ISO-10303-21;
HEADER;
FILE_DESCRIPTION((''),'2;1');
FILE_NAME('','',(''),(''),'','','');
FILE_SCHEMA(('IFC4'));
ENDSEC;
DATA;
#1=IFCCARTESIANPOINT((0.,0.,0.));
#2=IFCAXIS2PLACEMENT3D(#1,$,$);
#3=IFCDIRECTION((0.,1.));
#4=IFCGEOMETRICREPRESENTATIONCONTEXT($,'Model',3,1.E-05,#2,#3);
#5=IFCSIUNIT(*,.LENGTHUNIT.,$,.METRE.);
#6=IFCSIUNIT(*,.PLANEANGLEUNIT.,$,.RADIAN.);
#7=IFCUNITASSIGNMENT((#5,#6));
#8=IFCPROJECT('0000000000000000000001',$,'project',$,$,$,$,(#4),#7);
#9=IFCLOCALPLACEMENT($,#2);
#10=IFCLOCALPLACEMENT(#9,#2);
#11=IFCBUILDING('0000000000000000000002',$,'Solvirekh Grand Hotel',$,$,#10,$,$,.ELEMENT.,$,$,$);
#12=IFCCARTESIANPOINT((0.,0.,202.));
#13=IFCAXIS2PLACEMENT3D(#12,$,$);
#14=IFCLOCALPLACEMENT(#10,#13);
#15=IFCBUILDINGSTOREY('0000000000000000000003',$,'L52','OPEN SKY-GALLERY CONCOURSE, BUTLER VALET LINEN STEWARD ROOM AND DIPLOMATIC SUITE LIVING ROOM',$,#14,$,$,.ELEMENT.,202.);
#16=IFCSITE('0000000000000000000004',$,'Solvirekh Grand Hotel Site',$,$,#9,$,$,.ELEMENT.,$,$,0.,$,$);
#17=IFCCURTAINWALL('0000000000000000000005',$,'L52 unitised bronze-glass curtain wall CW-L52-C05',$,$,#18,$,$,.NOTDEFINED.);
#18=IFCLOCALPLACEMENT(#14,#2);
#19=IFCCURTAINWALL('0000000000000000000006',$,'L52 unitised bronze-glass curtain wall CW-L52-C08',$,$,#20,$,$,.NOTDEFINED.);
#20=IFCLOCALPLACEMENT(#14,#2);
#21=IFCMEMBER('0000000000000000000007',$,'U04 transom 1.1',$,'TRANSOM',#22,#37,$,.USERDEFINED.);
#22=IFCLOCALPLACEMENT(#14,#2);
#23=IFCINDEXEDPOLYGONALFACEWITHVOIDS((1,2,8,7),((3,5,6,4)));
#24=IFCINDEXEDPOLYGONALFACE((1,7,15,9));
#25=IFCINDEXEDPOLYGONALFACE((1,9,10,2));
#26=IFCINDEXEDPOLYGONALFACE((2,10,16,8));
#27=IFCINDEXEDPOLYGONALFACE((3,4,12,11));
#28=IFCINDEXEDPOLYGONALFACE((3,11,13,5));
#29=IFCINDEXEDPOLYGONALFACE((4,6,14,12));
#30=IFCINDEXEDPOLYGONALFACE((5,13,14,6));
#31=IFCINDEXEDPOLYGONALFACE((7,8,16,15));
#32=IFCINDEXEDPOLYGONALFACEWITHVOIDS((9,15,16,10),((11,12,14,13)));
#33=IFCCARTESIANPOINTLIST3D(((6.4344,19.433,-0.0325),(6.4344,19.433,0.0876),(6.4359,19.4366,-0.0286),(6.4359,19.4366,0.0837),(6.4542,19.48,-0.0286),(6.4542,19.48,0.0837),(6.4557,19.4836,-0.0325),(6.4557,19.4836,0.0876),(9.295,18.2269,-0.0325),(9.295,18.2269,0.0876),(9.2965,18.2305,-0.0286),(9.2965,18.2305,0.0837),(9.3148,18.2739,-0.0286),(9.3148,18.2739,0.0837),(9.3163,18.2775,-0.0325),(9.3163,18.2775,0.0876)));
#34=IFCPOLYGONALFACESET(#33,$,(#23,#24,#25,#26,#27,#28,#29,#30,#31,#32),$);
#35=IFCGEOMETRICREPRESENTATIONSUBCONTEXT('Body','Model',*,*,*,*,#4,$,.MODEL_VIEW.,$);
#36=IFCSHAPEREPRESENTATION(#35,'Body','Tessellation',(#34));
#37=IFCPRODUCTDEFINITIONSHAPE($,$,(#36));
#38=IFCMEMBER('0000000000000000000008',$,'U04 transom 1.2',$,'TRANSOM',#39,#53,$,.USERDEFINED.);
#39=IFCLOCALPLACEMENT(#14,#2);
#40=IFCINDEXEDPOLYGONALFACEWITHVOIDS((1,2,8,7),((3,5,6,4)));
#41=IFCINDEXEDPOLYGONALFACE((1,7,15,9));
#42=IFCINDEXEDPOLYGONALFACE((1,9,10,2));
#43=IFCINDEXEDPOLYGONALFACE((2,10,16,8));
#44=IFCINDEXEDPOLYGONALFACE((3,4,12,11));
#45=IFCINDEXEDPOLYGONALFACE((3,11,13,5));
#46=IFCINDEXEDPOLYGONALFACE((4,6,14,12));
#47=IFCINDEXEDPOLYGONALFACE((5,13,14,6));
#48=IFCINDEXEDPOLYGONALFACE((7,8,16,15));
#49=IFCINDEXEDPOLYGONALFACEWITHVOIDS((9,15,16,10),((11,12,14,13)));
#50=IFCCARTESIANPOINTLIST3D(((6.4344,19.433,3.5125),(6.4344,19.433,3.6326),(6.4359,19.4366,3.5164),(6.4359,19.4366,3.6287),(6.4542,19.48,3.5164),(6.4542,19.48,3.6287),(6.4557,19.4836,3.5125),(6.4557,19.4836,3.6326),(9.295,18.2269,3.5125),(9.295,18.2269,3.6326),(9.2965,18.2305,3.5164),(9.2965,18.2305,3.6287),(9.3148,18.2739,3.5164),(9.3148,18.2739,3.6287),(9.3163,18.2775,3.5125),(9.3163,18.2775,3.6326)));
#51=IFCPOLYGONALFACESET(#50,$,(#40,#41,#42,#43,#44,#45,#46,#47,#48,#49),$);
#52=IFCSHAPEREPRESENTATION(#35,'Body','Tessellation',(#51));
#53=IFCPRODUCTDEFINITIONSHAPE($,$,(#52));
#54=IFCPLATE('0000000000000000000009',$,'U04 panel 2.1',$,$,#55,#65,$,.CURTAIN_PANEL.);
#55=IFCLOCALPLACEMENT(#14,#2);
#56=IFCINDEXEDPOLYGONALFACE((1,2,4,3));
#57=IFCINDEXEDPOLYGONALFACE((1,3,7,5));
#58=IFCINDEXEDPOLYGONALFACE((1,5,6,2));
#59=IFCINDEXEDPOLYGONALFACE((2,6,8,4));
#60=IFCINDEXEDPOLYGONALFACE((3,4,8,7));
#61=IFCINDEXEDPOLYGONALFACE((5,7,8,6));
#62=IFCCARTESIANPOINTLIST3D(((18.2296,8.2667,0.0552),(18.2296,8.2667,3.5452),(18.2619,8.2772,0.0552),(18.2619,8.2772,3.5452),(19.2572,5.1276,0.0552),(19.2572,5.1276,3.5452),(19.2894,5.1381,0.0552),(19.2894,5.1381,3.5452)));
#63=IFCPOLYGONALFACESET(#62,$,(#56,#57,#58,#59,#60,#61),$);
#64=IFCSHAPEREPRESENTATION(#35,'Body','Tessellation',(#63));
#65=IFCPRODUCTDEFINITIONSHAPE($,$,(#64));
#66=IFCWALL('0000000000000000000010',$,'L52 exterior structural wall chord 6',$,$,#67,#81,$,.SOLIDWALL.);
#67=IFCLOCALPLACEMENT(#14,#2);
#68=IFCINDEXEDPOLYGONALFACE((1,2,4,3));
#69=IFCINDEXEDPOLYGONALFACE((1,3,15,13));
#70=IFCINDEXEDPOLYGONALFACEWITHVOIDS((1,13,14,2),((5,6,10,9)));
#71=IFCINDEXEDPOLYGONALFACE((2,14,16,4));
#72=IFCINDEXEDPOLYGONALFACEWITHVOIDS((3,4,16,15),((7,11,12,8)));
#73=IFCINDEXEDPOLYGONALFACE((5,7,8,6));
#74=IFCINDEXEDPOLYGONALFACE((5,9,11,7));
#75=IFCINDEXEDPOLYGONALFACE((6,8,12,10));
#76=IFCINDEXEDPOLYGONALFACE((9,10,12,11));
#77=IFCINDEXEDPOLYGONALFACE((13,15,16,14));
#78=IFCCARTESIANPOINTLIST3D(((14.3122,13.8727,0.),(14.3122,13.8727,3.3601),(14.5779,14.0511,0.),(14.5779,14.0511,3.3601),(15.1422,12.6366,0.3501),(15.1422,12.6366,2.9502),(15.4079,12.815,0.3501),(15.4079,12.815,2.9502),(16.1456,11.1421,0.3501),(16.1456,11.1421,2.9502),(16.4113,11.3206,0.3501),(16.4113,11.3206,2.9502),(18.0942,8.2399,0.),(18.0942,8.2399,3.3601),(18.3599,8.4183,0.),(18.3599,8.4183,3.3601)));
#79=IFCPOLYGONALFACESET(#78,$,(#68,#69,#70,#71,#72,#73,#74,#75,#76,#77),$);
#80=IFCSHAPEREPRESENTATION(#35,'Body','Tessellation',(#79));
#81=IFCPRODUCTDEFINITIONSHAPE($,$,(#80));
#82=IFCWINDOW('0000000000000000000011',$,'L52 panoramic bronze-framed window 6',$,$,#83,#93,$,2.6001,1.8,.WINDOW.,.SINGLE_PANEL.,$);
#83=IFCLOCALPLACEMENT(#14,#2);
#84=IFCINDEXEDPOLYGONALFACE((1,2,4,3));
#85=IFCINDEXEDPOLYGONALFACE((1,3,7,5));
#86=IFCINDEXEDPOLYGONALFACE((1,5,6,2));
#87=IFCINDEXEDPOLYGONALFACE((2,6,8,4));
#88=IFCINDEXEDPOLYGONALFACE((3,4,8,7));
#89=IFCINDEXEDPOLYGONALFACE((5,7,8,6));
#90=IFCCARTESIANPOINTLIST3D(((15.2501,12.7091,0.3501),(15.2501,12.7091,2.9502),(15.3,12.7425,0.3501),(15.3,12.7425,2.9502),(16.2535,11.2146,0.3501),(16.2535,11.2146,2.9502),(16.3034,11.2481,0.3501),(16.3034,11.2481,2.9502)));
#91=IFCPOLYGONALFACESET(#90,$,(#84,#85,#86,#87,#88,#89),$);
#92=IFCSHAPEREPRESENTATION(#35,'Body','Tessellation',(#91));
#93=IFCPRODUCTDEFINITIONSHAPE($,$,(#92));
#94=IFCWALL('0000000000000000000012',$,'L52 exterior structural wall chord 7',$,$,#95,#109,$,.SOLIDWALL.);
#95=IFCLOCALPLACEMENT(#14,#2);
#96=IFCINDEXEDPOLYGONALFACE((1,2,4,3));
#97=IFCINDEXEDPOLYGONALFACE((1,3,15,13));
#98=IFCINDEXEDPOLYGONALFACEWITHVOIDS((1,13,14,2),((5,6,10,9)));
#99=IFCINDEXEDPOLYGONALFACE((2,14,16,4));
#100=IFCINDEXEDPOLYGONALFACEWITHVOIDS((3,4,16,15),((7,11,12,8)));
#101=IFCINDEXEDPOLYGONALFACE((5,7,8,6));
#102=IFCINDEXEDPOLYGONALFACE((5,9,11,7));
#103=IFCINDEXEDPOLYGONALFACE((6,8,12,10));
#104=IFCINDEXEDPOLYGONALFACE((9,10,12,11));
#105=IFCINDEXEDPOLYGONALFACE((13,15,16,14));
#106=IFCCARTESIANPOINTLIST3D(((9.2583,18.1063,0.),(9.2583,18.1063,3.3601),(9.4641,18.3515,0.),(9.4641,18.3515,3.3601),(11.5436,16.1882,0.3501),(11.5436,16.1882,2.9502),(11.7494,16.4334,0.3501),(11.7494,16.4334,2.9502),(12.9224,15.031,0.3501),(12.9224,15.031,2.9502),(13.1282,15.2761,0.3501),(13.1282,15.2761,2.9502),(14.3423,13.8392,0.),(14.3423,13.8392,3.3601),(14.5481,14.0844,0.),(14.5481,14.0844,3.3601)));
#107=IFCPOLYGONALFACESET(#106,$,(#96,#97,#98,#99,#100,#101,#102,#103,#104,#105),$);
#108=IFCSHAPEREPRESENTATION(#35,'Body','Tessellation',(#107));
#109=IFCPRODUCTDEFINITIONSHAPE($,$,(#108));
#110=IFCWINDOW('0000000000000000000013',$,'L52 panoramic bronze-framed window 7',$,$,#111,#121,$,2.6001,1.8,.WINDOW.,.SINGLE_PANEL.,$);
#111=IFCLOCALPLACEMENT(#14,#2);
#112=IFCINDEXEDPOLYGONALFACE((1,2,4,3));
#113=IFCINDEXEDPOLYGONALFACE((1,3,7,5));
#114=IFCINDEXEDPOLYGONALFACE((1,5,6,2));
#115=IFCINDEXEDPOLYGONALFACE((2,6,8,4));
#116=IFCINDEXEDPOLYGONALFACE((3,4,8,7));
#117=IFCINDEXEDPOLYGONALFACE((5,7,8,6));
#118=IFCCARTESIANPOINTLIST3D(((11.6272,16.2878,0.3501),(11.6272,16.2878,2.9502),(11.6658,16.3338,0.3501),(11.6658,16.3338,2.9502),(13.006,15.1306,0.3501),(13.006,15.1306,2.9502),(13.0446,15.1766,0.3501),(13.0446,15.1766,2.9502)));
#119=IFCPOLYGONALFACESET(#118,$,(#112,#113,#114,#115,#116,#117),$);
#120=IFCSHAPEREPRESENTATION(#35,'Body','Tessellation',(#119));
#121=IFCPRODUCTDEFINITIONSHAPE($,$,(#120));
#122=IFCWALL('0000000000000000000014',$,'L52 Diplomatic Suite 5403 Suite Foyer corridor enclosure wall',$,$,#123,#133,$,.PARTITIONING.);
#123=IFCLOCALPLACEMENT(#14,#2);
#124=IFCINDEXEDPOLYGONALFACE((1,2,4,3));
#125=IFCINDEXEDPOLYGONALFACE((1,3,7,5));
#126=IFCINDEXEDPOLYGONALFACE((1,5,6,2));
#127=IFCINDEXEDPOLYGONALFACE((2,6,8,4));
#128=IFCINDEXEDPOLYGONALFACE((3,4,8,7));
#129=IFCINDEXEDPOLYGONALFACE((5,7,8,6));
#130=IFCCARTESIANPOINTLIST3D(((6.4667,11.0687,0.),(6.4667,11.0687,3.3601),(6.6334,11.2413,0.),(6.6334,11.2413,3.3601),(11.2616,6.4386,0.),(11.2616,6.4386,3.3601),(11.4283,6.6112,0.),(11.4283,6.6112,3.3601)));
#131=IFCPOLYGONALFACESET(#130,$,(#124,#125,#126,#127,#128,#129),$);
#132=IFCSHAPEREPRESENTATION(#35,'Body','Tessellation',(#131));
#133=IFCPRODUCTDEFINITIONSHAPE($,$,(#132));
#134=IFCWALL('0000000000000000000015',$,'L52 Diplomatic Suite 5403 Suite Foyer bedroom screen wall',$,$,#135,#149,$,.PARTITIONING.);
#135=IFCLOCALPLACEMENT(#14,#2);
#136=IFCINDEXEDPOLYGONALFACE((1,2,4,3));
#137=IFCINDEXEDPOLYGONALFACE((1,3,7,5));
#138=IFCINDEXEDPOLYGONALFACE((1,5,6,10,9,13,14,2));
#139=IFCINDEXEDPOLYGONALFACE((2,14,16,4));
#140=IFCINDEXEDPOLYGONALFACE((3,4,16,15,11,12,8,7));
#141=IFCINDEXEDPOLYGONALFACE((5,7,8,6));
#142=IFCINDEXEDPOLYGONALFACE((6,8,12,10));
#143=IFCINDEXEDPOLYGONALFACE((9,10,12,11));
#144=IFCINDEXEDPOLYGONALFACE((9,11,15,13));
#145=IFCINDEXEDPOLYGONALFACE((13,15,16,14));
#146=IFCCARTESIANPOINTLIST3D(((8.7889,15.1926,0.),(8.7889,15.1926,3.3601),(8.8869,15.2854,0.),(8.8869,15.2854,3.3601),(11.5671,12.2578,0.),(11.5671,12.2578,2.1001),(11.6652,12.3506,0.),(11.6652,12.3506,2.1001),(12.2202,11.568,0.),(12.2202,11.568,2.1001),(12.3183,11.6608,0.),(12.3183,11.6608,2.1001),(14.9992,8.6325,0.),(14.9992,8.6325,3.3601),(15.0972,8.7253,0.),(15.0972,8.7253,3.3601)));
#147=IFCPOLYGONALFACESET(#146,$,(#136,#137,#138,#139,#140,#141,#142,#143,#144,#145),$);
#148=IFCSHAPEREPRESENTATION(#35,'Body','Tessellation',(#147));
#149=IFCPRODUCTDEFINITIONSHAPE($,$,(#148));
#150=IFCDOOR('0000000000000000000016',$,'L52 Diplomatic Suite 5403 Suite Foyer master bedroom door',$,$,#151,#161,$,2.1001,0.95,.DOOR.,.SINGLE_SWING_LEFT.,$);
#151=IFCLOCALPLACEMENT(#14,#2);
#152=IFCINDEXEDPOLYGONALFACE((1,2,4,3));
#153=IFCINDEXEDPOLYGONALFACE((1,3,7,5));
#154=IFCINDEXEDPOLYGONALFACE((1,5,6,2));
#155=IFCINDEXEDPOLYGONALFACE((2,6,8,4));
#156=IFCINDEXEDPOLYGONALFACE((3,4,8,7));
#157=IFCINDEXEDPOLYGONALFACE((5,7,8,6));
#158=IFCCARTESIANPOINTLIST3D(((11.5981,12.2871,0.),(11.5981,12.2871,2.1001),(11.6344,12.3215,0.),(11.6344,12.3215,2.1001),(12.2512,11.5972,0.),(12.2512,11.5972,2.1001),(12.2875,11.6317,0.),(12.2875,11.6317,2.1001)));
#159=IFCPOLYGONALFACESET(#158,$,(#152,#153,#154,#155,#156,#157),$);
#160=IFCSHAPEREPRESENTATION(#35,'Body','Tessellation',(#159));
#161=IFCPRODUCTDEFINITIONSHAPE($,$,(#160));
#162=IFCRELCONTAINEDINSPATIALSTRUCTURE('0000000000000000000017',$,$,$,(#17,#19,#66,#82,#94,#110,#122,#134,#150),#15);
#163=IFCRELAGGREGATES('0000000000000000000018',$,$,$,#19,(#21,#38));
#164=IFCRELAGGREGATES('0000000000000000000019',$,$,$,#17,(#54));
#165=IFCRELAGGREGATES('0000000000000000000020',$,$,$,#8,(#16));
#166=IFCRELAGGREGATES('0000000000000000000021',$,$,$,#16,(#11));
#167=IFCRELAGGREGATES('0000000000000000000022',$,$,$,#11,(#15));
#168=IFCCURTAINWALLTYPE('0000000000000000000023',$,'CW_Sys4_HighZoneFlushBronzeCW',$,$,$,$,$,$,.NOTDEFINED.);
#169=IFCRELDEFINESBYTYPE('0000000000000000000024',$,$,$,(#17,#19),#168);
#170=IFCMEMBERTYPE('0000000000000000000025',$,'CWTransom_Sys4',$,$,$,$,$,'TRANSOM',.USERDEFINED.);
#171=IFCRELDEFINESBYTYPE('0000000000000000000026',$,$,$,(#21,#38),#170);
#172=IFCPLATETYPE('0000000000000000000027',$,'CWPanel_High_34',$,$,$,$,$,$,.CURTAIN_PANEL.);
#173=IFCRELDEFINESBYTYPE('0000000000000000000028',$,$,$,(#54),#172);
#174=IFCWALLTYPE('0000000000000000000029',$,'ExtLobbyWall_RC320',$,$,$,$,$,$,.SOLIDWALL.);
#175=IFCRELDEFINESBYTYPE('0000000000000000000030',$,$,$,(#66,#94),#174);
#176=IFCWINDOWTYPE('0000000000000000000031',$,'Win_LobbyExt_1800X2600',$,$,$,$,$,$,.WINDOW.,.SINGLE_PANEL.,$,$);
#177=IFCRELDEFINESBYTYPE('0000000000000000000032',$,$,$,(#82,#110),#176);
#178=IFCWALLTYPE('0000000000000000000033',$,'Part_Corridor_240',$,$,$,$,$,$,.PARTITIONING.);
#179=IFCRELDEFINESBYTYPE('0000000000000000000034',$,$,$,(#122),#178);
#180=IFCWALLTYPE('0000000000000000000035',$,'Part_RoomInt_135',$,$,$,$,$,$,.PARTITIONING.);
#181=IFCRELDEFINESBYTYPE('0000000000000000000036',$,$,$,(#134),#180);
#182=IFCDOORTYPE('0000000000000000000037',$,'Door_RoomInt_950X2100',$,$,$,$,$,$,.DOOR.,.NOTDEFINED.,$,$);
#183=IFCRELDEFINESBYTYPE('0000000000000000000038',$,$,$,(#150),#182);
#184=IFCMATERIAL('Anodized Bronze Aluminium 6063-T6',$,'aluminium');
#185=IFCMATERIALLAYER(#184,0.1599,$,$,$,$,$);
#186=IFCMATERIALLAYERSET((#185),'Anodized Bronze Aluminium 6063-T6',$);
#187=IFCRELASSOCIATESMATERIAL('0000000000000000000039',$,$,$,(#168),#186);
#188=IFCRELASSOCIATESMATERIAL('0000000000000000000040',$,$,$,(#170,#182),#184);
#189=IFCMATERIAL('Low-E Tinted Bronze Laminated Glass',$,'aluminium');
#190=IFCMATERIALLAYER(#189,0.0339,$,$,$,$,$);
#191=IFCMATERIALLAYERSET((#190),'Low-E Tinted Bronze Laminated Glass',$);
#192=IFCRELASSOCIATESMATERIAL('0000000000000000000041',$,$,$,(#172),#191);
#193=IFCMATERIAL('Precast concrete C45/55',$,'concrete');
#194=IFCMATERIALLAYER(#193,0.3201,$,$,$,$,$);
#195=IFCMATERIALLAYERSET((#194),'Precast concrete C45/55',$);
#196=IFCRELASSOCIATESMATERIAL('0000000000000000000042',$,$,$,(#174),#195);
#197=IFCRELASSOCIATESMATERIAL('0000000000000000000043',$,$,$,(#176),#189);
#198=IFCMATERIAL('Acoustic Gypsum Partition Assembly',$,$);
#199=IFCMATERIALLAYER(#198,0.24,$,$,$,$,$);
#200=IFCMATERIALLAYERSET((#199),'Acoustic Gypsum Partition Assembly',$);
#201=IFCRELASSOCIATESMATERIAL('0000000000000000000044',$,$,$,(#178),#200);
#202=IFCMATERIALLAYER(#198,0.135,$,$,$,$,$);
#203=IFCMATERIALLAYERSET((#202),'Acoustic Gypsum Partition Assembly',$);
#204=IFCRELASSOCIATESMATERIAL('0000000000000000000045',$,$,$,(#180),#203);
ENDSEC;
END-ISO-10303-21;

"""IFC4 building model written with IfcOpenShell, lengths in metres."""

from ifc_helpers import new_model, si_unit, direction, frame, frame_2d, origin, origin_2d, place, context, subcontext, project, spatial, rectangle, hollow_rectangle, extrude, source, transform, mapped, material, layer, layer_set, material_profile, profile_set, type_object, element, fill, aggregate, save


model = new_model("IFC4")

# Units and contexts
model_context = context("Model", 3, precision=1e-05, world=origin(), true_north=direction((0.0, 1.0)))
body_context = subcontext(model_context, "Body", "Model", "MODEL_VIEW")
ifc_project = project(units=[si_unit("LENGTHUNIT", "METRE"), si_unit("PLANEANGLEUNIT", "RADIAN")], contexts=[model_context])

# Site, building, storey
site_placement = place(None, origin())
site = spatial("IfcSite", under=ifc_project, at=site_placement, Name="Solvirekh Grand Hotel Site", CompositionType="ELEMENT", RefElevation=0.0)
building_placement = place(site_placement, origin())
building = spatial("IfcBuilding", under=site, at=building_placement, Name="Solvirekh Grand Hotel", CompositionType="ELEMENT")
storey_placement = place(building_placement, frame((0.0, 0.0, 202.0)))
storey = spatial("IfcBuildingStorey", under=building, at=storey_placement, Name="L52", Description="OPEN SKY-GALLERY CONCOURSE, BUTLER VALET LINEN STEWARD ROOM AND DIPLOMATIC SUITE LIVING ROOM", CompositionType="ELEMENT", Elevation=202.0)

# Curtain wall
ifc_material_1 = material(Name="Anodized Bronze Aluminium 6063-T6", Category="aluminium")
ifc_layer_1 = layer(ifc_material_1, 0.1599)
ifc_layer_set_1 = layer_set([ifc_layer_1], Name="Anodized Bronze Aluminium 6063-T6")
curtain_wall_type = type_object("IfcCurtainWallType", Name="CW_Sys4_HighZoneFlushBronzeCW", PredefinedType="NOTDEFINED", material=ifc_layer_set_1)
curtain_wall_1_placement = place(storey_placement, origin())
curtain_wall_1 = element("IfcCurtainWall", 1, at=curtain_wall_1_placement, inside=storey, type_object=curtain_wall_type, Name="L52 unitised bronze-glass curtain wall CW-L52-C05", PredefinedType="NOTDEFINED")

# Curtain wall, members
curtain_wall_2_placement = place(storey_placement, origin())
curtain_wall_2 = element("IfcCurtainWall", 2, at=curtain_wall_2_placement, inside=storey, type_object=curtain_wall_type, Name="L52 unitised bronze-glass curtain wall CW-L52-C08", PredefinedType="NOTDEFINED")
ifc_material_profile_1 = material_profile(ifc_material_1, hollow_rectangle(XDim=0.0549, YDim=0.1201, WallThickness=0.0039, at=origin_2d()), Name="ALU RHS 120X55X4")
ifc_profile_set_1 = profile_set([ifc_material_profile_1], Name="Anodized Bronze Aluminium 6063-T6")
member_type_1 = type_object("IfcMemberType", Name="CWTransom_Sys4", ElementType="TRANSOM", PredefinedType="USERDEFINED", material=ifc_profile_set_1)
shared_shape_1 = source(origin(), body_context, "Body", "SweptSolid", [
    extrude(hollow_rectangle(XDim=0.0549, YDim=0.1201, WallThickness=0.0039, at=origin_2d()), origin(), (0.0, 0.0, 1.0), 3.1045),
])
member_1_placement = place(storey_placement, frame((9.3057, 18.2522, 0.0276), z_axis=(-0.921452, 0.388493, 0.0), x_axis=(-0.388493, -0.921452, 0.0)))
member_1 = element("IfcMember", 3, at=member_1_placement, type_object=member_type_1, Name="U04 transom 1.1", ObjectType="TRANSOM", PredefinedType="USERDEFINED", context=body_context, shape_type="MappedRepresentation", body=[
    mapped(shared_shape_1, transform((0.0, 0.0, 0.0), x_axis=(1.0, 0.0, 0.0), y_axis=(0.0, 1.0, 0.0), z_axis=(0.0, 0.0, 1.0), scale=1.0)),
])
member_2_placement = place(storey_placement, frame((9.3057, 18.2522, 3.5725), z_axis=(-0.921452, 0.388493, 0.0), x_axis=(-0.388493, -0.921452, 0.0)))
member_2 = element("IfcMember", 4, at=member_2_placement, type_object=member_type_1, Name="U04 transom 1.2", ObjectType="TRANSOM", PredefinedType="USERDEFINED", context=body_context, shape_type="MappedRepresentation", body=[
    mapped(shared_shape_1, transform((0.0, 0.0, 0.0), x_axis=(1.0, 0.0, 0.0), y_axis=(0.0, 1.0, 0.0), z_axis=(0.0, 0.0, 1.0), scale=1.0)),
])
aggregate(curtain_wall_2, [member_1, member_2])

# Plate
ifc_material_2 = material(Name="Low-E Tinted Bronze Laminated Glass", Category="aluminium")
ifc_layer_2 = layer(ifc_material_2, 0.0339)
ifc_layer_set_2 = layer_set([ifc_layer_2], Name="Low-E Tinted Bronze Laminated Glass")
plate_type = type_object("IfcPlateType", Name="CWPanel_High_34", PredefinedType="CURTAIN_PANEL", material=ifc_layer_set_2)
shared_shape_2 = source(origin(), body_context, "Body", "SweptSolid", [
    extrude(rectangle(XDim=3.303, YDim=0.0339, at=origin_2d()), origin(), (0.0, 0.0, 1.0), 3.49),
])
plate_placement = place(storey_placement, frame((18.7595, 6.7024, 0.0552), z_axis=(0.0, 0.0, 1.0), x_axis=(-0.311095, 0.950379, 0.0)))
plate = element("IfcPlate", 5, at=plate_placement, type_object=plate_type, Name="U04 panel 2.1", PredefinedType="CURTAIN_PANEL", context=body_context, shape_type="MappedRepresentation", body=[
    mapped(shared_shape_2, transform((0.0, 0.0, 0.0), x_axis=(1.0, 0.0, 0.0), y_axis=(0.0, 1.0, 0.0), z_axis=(0.0, 0.0, 1.0), scale=1.0)),
])
aggregate(curtain_wall_1, [plate])

# Walls, openings, windows
ifc_material_3 = material(Name="Precast concrete C45/55", Category="concrete")
ifc_layer_3 = layer(ifc_material_3, 0.3201)
ifc_layer_set_3 = layer_set([ifc_layer_3], Name="Precast concrete C45/55")
wall_type_1 = type_object("IfcWallType", Name="ExtLobbyWall_RC320", PredefinedType="SOLIDWALL", material=ifc_layer_set_3)
wall_1_placement = place(storey_placement, frame((14.4451, 13.9619, 0.0), z_axis=(0.0, 0.0, 1.0), x_axis=(0.557429, -0.830224, 0.0)))
wall_1 = element("IfcWall", 6, at=wall_1_placement, inside=storey, type_object=wall_type_1, Name="L52 exterior structural wall chord 6", PredefinedType="SOLIDWALL", context=body_context, shape_type="SweptSolid", body=[
    extrude(rectangle(XDim=6.7847, YDim=0.3201, at=frame_2d((3.3923, 0.0))), origin(), (0.0, 0.0, 1.0), 3.3601),
])
opening_1_placement = place(wall_1_placement, frame((1.489, 0.0, 0.3501)))
opening_1 = element("IfcOpeningElement", 7, at=opening_1_placement, cuts=wall_1, PredefinedType="OPENING", context=body_context, shape_type="SweptSolid", body=[
    extrude(rectangle(XDim=1.8, YDim=2.6001, at=frame_2d((0.8999, 1.3))), frame((0.0, 0.1699, 0.0), z_axis=(0.0, -1.0, 0.0), x_axis=(1.0, 0.0, 0.0)), (0.0, 0.0, 1.0), 0.3401),
])
window_type = type_object("IfcWindowType", Name="Win_LobbyExt_1800X2600", PartitioningType="SINGLE_PANEL", PredefinedType="WINDOW", material=ifc_material_2)
window_1_placement = place(opening_1_placement, origin())
window_1 = element("IfcWindow", 8, at=window_1_placement, inside=storey, type_object=window_type, Name="L52 panoramic bronze-framed window 6", OverallHeight=2.6001, OverallWidth=1.8, PartitioningType="SINGLE_PANEL", PredefinedType="WINDOW", context=body_context, shape_type="SweptSolid", body=[
    extrude(rectangle(XDim=1.8, YDim=2.6001, at=frame_2d((0.8999, 1.3))), frame((0.0, 0.03, 0.0), z_axis=(0.0, -1.0, 0.0), x_axis=(1.0, 0.0, 0.0)), (0.0, 0.0, 1.0), 0.0601),
])
fill(opening_1, window_1)
wall_2_placement = place(storey_placement, frame((9.3611, 18.229, 0.0), z_axis=(0.0, 0.0, 1.0), x_axis=(0.765961, -0.642887, 0.0)))
wall_2 = element("IfcWall", 9, at=wall_2_placement, inside=storey, type_object=wall_type_1, Name="L52 exterior structural wall chord 7", PredefinedType="SOLIDWALL", context=body_context, shape_type="SweptSolid", body=[
    extrude(rectangle(XDim=6.6375, YDim=0.3201, at=frame_2d((3.3188, 0.0))), origin(), (0.0, 0.0, 1.0), 3.3601),
])
opening_2_placement = place(wall_2_placement, frame((2.9839, 0.0, 0.3501)))
opening_2 = element("IfcOpeningElement", 10, at=opening_2_placement, cuts=wall_2, PredefinedType="OPENING", context=body_context, shape_type="SweptSolid", body=[
    extrude(rectangle(XDim=1.8, YDim=2.6001, at=frame_2d((0.8999, 1.3))), frame((0.0, 0.1699, 0.0), z_axis=(0.0, -1.0, 0.0), x_axis=(1.0, 0.0, 0.0)), (0.0, 0.0, 1.0), 0.3401),
])
window_2_placement = place(opening_2_placement, origin())
window_2 = element("IfcWindow", 11, at=window_2_placement, inside=storey, type_object=window_type, Name="L52 panoramic bronze-framed window 7", OverallHeight=2.6001, OverallWidth=1.8, PartitioningType="SINGLE_PANEL", PredefinedType="WINDOW", context=body_context, shape_type="SweptSolid", body=[
    extrude(rectangle(XDim=1.8, YDim=2.6001, at=frame_2d((0.8999, 1.3))), frame((0.0, 0.03, 0.0), z_axis=(0.0, -1.0, 0.0), x_axis=(1.0, 0.0, 0.0)), (0.0, 0.0, 1.0), 0.0601),
])
fill(opening_2, window_2)

# Wall
ifc_material_4 = material(Name="Acoustic Gypsum Partition Assembly")
ifc_layer_4 = layer(ifc_material_4, 0.24)
ifc_layer_set_4 = layer_set([ifc_layer_4], Name="Acoustic Gypsum Partition Assembly")
wall_type_2 = type_object("IfcWallType", Name="Part_Corridor_240", PredefinedType="PARTITIONING", material=ifc_layer_set_4)
wall_3_placement = place(storey_placement, frame((11.345, 6.5249, 0.0), z_axis=(0.0, 0.0, 1.0), x_axis=(-0.71936, 0.694637, 0.0)))
element("IfcWall", 12, at=wall_3_placement, inside=storey, type_object=wall_type_2, Name="L52 Diplomatic Suite 5403 Suite Foyer corridor enclosure wall", PredefinedType="PARTITIONING", context=body_context, shape_type="SweptSolid", body=[
    extrude(rectangle(XDim=6.6655, YDim=0.24, at=frame_2d((3.3328, 0.0))), origin(), (0.0, 0.0, 1.0), 3.3601),
])

# Wall, opening, door
ifc_layer_5 = layer(ifc_material_4, 0.135)
ifc_layer_set_5 = layer_set([ifc_layer_5], Name="Acoustic Gypsum Partition Assembly")
wall_type_3 = type_object("IfcWallType", Name="Part_RoomInt_135", PredefinedType="PARTITIONING", material=ifc_layer_set_5)
wall_4_placement = place(storey_placement, frame((15.0481, 8.679, 0.0), z_axis=(0.0, 0.0, 1.0), x_axis=(-0.687477, 0.726206, 0.0)))
wall_4 = element("IfcWall", 13, at=wall_4_placement, inside=storey, type_object=wall_type_3, Name="L52 Diplomatic Suite 5403 Suite Foyer bedroom screen wall", PredefinedType="PARTITIONING", context=body_context, shape_type="SweptSolid", body=[
    extrude(rectangle(XDim=9.0334, YDim=0.135, at=frame_2d((4.5166, 0.0))), origin(), (0.0, 0.0, 1.0), 3.3601),
])
opening_3_placement = place(wall_4_placement, frame((4.042, 0.0, 0.0)))
opening_3 = element("IfcOpeningElement", 14, at=opening_3_placement, cuts=wall_4, PredefinedType="OPENING", context=body_context, shape_type="SweptSolid", body=[
    extrude(rectangle(XDim=0.95, YDim=2.1001, at=frame_2d((0.4751, 1.05))), frame((0.0, 0.0776, 0.0), z_axis=(0.0, -1.0, 0.0), x_axis=(1.0, 0.0, 0.0)), (0.0, 0.0, 1.0), 0.155),
])
door_type = type_object("IfcDoorType", Name="Door_RoomInt_950X2100", OperationType="NOTDEFINED", PredefinedType="DOOR", material=ifc_material_1)
door_1_placement = place(opening_3_placement, origin())
door_1 = element("IfcDoor", 15, at=door_1_placement, inside=storey, type_object=door_type, Name="L52 Diplomatic Suite 5403 Suite Foyer master bedroom door", OperationType="SINGLE_SWING_LEFT", OverallHeight=2.1001, OverallWidth=0.95, PredefinedType="DOOR", context=body_context, shape_type="SweptSolid", body=[
    extrude(rectangle(XDim=0.95, YDim=2.1001, at=frame_2d((0.4751, 1.05))), frame((0.0, 0.0249, 0.0), z_axis=(0.0, -1.0, 0.0), x_axis=(1.0, 0.0, 0.0)), (0.0, 0.0, 1.0), 0.05),
])
fill(opening_3, door_1)

save(model, "model.ifc")
